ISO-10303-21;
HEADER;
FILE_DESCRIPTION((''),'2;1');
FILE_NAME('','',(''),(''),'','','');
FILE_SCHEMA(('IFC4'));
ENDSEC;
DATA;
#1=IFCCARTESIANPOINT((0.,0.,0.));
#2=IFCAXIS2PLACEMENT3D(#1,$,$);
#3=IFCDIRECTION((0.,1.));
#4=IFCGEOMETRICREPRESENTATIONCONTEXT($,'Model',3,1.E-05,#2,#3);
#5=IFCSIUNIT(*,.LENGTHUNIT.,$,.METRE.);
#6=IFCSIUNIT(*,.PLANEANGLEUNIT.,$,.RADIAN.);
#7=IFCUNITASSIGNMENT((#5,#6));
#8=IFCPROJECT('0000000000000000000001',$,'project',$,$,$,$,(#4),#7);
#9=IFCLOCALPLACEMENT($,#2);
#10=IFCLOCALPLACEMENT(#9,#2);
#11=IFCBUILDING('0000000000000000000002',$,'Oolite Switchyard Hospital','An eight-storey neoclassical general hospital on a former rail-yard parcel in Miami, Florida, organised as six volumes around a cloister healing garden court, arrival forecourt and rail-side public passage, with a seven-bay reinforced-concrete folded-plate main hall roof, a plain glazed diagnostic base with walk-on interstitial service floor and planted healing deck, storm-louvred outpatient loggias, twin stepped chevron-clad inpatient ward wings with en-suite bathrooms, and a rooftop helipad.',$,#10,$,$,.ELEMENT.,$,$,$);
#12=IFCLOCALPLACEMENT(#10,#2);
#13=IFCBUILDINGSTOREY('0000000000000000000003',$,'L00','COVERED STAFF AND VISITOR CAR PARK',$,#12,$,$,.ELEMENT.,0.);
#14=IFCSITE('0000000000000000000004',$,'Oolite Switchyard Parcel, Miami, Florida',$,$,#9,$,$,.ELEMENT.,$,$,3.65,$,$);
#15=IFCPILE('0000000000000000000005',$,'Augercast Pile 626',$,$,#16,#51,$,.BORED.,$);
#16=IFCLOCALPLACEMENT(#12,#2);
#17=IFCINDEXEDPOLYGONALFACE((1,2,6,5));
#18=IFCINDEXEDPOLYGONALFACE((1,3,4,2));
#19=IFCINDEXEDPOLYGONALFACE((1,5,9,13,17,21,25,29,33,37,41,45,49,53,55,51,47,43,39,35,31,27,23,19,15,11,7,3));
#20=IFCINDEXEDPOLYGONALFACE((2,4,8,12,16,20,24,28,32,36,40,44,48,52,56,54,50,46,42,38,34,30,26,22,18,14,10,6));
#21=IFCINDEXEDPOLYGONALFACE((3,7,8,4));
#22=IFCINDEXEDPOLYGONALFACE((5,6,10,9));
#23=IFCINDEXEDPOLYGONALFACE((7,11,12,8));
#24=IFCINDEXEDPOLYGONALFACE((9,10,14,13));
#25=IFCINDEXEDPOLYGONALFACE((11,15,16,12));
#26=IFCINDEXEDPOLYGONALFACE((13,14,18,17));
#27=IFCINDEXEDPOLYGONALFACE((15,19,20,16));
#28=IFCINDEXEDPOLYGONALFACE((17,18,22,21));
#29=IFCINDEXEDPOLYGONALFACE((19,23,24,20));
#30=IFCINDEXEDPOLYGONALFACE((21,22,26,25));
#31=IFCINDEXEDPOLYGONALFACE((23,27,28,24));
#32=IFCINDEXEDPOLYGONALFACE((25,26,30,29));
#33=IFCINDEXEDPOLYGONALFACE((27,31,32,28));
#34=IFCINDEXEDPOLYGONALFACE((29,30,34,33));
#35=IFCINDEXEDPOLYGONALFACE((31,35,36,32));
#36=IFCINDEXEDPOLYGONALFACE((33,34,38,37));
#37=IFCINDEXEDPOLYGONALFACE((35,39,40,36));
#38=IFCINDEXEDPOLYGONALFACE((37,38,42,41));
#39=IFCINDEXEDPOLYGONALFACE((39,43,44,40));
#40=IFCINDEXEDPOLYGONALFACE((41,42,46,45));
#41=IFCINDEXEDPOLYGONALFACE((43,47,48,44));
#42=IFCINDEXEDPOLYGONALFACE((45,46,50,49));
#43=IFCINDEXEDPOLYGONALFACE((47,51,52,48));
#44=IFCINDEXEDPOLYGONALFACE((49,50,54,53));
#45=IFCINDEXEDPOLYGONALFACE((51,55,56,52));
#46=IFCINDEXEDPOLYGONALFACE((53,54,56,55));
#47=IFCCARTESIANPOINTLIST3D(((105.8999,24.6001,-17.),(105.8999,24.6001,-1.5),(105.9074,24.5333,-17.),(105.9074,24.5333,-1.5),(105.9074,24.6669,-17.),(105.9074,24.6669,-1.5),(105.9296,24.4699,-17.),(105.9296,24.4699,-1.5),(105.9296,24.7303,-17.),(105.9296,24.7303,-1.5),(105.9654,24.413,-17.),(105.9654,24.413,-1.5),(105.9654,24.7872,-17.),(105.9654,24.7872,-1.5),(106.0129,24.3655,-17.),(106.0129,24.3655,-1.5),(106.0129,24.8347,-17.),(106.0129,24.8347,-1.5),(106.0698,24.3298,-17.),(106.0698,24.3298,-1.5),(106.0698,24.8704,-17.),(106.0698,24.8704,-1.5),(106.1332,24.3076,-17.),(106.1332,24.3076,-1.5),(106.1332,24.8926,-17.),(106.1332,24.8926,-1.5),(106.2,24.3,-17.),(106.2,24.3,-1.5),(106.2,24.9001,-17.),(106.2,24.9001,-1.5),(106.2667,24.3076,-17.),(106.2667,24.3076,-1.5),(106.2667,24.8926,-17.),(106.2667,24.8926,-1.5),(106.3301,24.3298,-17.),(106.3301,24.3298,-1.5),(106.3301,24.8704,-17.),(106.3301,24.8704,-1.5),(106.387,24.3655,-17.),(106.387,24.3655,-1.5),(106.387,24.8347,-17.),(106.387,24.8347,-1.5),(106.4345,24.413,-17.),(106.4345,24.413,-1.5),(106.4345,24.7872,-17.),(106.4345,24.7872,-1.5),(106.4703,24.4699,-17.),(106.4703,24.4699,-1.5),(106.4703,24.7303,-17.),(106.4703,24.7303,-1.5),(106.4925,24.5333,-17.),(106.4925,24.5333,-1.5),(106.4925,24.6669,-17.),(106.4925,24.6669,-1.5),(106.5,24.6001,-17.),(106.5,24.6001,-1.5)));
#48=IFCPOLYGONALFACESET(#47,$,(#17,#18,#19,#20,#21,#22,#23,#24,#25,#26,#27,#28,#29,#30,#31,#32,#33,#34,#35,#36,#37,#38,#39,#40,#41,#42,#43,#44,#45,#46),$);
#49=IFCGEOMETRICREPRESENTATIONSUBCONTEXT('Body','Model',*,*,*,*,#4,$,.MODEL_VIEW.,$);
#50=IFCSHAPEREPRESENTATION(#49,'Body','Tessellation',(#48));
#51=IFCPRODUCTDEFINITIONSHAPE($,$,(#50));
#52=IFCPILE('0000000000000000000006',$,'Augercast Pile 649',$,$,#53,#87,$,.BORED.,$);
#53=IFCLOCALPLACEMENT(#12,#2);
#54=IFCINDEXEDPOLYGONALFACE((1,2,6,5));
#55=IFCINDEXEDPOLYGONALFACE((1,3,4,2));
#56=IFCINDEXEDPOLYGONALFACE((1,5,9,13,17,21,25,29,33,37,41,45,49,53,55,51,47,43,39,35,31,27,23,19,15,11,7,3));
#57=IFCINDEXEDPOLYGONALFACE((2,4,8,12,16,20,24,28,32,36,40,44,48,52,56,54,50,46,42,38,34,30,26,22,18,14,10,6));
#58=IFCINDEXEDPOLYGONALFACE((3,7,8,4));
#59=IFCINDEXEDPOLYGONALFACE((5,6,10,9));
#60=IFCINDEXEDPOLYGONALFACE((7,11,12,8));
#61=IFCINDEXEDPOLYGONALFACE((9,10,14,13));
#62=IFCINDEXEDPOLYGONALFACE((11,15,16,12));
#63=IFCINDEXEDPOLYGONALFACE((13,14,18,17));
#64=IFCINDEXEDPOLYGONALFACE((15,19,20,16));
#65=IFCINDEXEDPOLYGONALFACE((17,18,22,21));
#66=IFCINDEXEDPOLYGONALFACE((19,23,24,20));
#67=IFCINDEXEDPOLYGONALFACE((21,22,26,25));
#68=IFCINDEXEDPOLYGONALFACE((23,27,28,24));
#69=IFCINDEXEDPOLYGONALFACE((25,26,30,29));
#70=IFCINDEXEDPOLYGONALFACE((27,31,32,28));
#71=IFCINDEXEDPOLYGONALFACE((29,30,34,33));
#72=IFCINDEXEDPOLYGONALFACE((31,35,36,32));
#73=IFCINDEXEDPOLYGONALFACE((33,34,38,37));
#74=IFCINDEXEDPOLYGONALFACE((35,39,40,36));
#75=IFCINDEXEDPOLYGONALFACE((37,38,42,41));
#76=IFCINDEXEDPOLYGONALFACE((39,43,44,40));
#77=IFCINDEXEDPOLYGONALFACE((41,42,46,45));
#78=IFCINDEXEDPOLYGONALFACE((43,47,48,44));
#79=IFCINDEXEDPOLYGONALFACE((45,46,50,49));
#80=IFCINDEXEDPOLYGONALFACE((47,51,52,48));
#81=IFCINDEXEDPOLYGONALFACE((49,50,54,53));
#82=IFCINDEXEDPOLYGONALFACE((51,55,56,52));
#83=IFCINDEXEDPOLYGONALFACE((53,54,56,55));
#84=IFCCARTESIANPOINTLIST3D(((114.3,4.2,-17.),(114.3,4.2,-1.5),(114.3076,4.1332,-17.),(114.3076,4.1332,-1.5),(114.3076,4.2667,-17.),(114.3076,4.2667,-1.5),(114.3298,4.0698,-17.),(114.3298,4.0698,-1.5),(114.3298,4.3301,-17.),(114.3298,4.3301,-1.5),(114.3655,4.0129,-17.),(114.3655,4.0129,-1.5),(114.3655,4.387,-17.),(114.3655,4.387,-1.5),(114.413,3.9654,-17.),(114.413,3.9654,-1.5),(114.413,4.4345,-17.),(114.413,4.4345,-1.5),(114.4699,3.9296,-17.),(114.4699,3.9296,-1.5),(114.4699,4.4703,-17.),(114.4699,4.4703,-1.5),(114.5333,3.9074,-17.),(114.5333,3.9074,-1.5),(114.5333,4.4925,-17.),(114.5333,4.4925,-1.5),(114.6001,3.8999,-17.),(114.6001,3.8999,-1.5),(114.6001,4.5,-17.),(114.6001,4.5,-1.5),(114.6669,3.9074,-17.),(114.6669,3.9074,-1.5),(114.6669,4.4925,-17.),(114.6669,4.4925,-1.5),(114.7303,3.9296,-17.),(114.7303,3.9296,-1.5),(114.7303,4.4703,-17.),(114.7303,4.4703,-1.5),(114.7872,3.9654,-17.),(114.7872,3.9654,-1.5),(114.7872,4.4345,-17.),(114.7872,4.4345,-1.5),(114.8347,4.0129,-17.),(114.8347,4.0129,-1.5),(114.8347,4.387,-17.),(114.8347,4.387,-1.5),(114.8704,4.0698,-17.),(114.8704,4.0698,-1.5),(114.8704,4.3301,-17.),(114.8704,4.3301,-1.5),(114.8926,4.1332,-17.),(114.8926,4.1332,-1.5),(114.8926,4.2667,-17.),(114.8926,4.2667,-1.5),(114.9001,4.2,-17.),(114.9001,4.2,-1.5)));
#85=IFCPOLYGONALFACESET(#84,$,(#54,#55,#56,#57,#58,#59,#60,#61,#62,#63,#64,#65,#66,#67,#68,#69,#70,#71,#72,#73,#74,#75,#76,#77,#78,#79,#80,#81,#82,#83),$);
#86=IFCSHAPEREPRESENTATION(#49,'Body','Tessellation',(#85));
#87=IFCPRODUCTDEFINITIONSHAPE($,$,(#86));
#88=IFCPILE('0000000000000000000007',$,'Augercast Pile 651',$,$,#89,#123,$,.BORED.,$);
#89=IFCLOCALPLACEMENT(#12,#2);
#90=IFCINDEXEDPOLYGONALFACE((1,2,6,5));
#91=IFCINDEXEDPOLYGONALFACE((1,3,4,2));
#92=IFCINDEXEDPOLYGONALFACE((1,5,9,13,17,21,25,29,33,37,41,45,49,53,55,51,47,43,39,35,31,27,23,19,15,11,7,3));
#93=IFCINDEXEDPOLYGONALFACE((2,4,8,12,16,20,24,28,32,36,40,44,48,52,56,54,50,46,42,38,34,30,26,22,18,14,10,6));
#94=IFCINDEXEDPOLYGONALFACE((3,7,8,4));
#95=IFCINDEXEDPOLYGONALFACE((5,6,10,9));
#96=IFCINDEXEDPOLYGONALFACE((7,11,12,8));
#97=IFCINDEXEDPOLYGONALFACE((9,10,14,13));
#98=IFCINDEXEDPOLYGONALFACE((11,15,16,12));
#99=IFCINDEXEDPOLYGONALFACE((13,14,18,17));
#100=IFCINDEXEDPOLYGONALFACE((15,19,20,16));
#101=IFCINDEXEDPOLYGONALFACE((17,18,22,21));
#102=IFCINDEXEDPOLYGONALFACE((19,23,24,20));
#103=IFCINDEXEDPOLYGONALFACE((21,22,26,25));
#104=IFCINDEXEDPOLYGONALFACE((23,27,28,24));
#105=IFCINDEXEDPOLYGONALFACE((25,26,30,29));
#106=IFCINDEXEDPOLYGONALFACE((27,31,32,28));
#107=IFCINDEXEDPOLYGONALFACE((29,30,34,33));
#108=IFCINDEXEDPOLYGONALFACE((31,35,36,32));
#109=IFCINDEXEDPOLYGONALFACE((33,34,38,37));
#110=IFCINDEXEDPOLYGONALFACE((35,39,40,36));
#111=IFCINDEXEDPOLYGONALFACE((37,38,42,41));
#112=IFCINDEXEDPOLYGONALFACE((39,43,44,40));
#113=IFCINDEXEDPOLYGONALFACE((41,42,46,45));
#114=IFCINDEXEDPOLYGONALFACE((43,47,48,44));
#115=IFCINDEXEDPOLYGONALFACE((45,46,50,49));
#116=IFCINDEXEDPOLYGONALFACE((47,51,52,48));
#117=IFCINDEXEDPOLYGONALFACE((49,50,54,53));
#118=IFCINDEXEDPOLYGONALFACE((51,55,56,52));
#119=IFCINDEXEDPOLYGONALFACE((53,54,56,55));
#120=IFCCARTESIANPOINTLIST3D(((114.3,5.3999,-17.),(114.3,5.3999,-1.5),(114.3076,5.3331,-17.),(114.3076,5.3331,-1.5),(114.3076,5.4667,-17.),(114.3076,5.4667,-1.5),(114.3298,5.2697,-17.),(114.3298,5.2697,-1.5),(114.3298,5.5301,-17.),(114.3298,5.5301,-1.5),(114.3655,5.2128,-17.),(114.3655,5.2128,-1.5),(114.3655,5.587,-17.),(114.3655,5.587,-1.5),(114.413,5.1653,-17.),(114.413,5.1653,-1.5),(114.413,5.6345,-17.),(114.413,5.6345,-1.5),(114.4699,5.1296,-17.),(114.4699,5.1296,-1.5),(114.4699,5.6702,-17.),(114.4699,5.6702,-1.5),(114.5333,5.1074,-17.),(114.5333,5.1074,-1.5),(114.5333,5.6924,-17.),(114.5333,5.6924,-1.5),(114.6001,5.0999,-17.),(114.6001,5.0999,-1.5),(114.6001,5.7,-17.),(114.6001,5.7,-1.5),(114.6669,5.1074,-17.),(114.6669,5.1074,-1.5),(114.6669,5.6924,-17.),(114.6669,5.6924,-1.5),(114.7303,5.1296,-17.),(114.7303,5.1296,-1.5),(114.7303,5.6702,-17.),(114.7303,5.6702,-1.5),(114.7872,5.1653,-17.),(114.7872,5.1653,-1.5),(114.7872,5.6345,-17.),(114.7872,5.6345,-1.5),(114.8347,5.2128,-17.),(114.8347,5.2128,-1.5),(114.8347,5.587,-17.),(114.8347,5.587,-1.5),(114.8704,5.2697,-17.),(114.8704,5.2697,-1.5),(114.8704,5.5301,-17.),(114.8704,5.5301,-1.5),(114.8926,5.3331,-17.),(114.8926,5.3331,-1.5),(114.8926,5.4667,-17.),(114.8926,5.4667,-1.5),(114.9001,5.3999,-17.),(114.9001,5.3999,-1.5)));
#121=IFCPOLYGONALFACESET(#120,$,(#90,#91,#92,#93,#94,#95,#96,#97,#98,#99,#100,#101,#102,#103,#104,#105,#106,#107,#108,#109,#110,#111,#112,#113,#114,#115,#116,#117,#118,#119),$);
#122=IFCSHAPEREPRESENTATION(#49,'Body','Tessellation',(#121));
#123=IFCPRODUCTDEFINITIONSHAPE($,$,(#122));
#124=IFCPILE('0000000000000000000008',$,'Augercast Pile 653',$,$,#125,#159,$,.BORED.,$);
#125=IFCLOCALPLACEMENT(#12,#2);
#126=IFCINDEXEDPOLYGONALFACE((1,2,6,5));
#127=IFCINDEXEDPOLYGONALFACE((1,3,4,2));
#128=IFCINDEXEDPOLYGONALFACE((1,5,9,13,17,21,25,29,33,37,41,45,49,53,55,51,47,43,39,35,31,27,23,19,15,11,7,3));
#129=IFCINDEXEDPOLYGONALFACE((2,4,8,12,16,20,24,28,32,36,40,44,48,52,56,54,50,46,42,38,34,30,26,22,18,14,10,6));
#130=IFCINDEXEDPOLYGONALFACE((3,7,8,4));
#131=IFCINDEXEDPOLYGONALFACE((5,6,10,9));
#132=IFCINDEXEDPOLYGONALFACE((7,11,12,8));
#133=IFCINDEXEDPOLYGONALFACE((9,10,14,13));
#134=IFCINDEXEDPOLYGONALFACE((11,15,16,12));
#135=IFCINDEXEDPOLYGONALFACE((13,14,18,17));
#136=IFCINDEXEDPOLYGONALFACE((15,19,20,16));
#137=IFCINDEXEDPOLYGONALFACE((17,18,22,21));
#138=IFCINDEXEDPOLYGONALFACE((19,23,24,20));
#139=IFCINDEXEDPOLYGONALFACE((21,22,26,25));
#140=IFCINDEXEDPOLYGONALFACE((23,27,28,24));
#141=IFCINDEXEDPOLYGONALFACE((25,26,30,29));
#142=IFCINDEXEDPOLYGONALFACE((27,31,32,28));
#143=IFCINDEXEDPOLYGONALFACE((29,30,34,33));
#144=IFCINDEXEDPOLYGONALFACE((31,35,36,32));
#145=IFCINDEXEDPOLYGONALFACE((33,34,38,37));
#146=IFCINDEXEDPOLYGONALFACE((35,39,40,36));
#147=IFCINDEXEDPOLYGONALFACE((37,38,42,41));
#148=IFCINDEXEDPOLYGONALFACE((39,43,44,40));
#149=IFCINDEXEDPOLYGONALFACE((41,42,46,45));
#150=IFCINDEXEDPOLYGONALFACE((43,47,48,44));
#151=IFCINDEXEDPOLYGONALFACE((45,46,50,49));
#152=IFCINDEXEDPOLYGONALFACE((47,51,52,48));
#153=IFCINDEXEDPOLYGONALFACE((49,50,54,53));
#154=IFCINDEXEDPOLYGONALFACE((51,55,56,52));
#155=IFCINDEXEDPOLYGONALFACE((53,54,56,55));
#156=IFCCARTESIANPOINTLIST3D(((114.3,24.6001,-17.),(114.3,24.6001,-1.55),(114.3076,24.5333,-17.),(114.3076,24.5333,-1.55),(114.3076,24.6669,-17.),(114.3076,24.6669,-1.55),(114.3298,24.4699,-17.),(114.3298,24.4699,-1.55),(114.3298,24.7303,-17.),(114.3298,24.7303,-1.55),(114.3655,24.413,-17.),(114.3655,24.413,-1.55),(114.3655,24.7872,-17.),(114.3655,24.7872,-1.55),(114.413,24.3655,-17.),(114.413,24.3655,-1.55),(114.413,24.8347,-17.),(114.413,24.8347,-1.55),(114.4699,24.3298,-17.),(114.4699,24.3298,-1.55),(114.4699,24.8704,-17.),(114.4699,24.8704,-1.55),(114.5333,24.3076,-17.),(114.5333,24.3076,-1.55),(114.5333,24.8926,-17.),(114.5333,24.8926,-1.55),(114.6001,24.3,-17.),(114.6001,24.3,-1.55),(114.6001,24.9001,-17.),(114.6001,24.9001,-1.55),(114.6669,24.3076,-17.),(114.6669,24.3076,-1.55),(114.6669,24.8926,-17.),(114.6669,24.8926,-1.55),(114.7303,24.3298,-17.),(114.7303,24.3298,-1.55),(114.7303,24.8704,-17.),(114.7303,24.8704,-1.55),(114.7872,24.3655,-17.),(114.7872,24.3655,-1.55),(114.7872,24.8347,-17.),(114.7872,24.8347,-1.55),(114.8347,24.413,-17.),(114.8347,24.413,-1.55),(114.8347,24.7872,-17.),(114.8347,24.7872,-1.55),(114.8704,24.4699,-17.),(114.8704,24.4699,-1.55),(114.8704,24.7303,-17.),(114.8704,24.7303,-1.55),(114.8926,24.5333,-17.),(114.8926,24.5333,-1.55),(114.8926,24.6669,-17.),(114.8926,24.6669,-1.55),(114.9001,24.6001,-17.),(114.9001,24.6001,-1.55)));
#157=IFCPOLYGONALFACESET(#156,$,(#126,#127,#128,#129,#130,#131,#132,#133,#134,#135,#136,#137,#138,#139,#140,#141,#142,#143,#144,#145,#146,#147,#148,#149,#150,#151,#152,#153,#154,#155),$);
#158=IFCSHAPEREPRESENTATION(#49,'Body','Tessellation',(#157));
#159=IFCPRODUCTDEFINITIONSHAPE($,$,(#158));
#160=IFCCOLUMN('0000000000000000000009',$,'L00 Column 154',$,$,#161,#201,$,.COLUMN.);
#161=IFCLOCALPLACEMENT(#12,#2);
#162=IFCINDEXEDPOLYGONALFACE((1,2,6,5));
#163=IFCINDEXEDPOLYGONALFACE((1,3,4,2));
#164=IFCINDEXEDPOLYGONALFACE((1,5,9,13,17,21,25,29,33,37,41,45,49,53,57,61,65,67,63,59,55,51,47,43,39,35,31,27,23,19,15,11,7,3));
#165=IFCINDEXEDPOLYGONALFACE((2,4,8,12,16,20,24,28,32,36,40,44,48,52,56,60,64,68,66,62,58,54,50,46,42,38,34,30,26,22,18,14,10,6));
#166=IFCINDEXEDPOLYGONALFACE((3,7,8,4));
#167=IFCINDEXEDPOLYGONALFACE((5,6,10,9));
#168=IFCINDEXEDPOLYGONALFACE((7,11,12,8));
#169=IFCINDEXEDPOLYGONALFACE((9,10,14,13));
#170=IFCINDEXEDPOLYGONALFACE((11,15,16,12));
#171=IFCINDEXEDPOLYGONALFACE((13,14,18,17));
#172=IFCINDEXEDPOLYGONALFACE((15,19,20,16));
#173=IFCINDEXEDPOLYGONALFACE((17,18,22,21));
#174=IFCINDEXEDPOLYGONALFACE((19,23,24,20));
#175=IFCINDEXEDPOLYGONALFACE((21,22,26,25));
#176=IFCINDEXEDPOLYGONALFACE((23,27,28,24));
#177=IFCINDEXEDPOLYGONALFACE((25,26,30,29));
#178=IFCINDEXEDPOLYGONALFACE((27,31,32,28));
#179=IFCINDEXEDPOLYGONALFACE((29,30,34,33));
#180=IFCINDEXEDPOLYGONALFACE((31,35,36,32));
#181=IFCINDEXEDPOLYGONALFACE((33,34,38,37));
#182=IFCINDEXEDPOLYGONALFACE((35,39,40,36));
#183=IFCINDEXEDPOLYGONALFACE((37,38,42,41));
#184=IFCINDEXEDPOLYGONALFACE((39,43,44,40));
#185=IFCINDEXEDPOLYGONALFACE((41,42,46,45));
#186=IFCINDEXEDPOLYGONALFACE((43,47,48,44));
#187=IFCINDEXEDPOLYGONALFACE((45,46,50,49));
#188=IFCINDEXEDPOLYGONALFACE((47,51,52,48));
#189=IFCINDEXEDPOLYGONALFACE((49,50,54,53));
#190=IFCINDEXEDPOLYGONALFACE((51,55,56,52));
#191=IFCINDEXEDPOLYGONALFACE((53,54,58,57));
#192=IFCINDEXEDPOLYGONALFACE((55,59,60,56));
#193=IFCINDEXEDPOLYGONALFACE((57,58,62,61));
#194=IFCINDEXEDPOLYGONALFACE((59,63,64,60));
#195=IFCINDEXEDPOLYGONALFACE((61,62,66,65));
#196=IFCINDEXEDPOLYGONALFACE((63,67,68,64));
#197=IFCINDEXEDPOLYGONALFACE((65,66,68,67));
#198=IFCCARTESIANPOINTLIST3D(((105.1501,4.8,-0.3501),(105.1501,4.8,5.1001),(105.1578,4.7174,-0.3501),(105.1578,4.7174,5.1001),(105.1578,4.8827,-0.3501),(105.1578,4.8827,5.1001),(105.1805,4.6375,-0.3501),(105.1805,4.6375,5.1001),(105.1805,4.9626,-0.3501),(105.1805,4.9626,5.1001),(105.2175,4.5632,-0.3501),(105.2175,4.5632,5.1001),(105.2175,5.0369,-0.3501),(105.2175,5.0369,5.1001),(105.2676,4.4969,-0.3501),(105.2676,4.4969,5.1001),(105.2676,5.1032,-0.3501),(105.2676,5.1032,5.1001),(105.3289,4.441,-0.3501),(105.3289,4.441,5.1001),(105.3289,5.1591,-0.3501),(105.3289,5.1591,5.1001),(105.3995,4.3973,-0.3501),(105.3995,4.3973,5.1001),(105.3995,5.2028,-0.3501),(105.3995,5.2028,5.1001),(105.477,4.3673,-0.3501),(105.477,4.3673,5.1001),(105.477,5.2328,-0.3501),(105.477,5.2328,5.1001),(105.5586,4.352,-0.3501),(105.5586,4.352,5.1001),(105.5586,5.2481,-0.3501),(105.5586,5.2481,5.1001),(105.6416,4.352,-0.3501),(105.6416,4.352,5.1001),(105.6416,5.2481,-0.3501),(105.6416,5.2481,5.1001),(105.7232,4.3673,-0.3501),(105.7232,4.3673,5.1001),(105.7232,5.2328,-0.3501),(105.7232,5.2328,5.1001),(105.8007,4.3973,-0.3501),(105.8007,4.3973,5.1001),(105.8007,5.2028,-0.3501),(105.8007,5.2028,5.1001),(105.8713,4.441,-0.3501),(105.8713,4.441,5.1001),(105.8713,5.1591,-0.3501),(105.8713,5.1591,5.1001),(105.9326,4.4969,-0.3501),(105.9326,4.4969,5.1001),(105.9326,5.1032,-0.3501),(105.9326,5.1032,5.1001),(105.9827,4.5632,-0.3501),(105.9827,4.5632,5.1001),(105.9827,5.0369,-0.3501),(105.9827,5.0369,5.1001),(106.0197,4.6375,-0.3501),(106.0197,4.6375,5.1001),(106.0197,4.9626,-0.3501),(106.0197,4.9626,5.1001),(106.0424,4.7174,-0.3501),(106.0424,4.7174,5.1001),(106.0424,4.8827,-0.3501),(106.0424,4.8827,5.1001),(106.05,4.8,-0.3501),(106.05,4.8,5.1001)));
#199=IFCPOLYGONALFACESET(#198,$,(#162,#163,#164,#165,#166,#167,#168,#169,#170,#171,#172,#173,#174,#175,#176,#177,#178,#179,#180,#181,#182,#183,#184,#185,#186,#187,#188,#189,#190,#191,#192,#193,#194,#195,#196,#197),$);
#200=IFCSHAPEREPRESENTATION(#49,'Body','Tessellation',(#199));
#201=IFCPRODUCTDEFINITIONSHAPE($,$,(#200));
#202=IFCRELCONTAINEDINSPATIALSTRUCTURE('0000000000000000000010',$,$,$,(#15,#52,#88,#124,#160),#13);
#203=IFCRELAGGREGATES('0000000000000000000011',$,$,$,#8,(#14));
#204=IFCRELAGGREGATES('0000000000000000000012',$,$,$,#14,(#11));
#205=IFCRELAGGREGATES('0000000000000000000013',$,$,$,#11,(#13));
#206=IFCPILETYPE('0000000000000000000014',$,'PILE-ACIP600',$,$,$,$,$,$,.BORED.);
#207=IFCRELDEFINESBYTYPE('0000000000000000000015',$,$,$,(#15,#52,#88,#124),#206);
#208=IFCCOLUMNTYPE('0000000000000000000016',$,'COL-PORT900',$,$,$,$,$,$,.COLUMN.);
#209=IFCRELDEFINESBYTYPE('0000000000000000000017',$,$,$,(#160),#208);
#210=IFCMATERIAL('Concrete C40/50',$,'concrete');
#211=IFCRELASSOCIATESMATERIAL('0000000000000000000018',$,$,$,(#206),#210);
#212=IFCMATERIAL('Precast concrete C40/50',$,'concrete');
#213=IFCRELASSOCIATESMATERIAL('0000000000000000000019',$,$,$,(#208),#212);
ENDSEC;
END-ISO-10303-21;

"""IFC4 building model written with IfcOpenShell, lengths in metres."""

from ifc_helpers import new_model, si_unit, direction, frame, origin, origin_2d, place, context, subcontext, project, spatial, circle, extrude, material, material_profile, profile_set, type_object, element, save


model = new_model("IFC4")

# Units and contexts
model_context = context("Model", 3, precision=1e-05, world=origin(), true_north=direction((0.0, 1.0)))
body_context = subcontext(model_context, "Body", "Model", "MODEL_VIEW")
ifc_project = project(units=[si_unit("LENGTHUNIT", "METRE"), si_unit("PLANEANGLEUNIT", "RADIAN")], contexts=[model_context])

# Site, building, storey
site_placement = place(None, origin())
site = spatial("IfcSite", under=ifc_project, at=site_placement, Name="Oolite Switchyard Parcel, Miami, Florida", CompositionType="ELEMENT", RefElevation=3.65)
building_placement = place(site_placement, origin())
building = spatial("IfcBuilding", under=site, at=building_placement, Name="Oolite Switchyard Hospital", Description="An eight-storey neoclassical general hospital on a former rail-yard parcel in Miami, Florida, organised as six volumes around a cloister healing garden court, arrival forecourt and rail-side public passage, with a seven-bay reinforced-concrete folded-plate main hall roof, a plain glazed diagnostic base with walk-on interstitial service floor and planted healing deck, storm-louvred outpatient loggias, twin stepped chevron-clad inpatient ward wings with en-suite bathrooms, and a rooftop helipad.", CompositionType="ELEMENT")
storey_placement = place(building_placement, origin())
storey = spatial("IfcBuildingStorey", under=building, at=storey_placement, Name="L00", Description="COVERED STAFF AND VISITOR CAR PARK", CompositionType="ELEMENT", Elevation=0.0)

# Shared definitions
ifc_material_1 = material(Name="Concrete C40/50", Category="concrete")

# Piles
ifc_material_profile_1 = material_profile(ifc_material_1, circle(Radius=0.3, at=origin_2d()), Name="PILE600")
ifc_profile_set_1 = profile_set([ifc_material_profile_1], Name="Concrete C40/50")
pile_type = type_object("IfcPileType", Name="PILE-ACIP600", PredefinedType="BORED", material=ifc_profile_set_1)
for number, where, z_axis, x_axis, name in (
    (1, (106.2, 24.6001, -1.5), (0.0, 0.0, -1.0), (1.0, 0.0, 0.0), "Augercast Pile 626"),
    (2, (114.6001, 4.2, -1.5), (0.0, 0.0, -1.0), (1.0, 0.0, 0.0), "Augercast Pile 649"),
    (3, (114.6001, 5.3999, -1.5), (0.0, 0.0, -1.0), (1.0, 0.0, 0.0), "Augercast Pile 651"),
):
    element("IfcPile", number, at=place(storey_placement, frame(where, z_axis=z_axis, x_axis=x_axis)), inside=storey, type_object=pile_type, Name=name, PredefinedType="BORED", context=body_context, shape_type="SweptSolid", body=[
        extrude(circle(Radius=0.3, at=origin_2d()), origin(), (0.0, 0.0, 1.0), 15.5),
    ])
pile_placement = place(storey_placement, frame((114.6001, 24.6001, -1.55), z_axis=(0.0, 0.0, -1.0), x_axis=(1.0, 0.0, 0.0)))
element("IfcPile", 4, at=pile_placement, inside=storey, type_object=pile_type, Name="Augercast Pile 653", PredefinedType="BORED", context=body_context, shape_type="SweptSolid", body=[
    extrude(circle(Radius=0.3, at=origin_2d()), origin(), (0.0, 0.0, 1.0), 15.45),
])

# Column
ifc_material_2 = material(Name="Precast concrete C40/50", Category="concrete")
ifc_material_profile_2 = material_profile(ifc_material_2, circle(Radius=0.45, at=origin_2d()), Name="RCCOL900")
ifc_profile_set_2 = profile_set([ifc_material_profile_2], Name="Precast concrete C40/50")
column_type_1 = type_object("IfcColumnType", Name="COL-PORT900", PredefinedType="COLUMN", material=ifc_profile_set_2)
for number, where, z_axis, x_axis, name in (
    (5, (105.6001, 4.8, -0.3501), (0.0, 0.0, 1.0), (1.0, 0.0, 0.0), "L00 Column 154"),
):
    element("IfcColumn", number, at=place(storey_placement, frame(where, z_axis=z_axis, x_axis=x_axis)), inside=storey, type_object=column_type_1, Name=name, PredefinedType="COLUMN", context=body_context, shape_type="SweptSolid", body=[
        extrude(circle(Radius=0.45, at=origin_2d()), origin(), (0.0, 0.0, 1.0), 5.4502),
    ])

save(model, "model.ifc")
